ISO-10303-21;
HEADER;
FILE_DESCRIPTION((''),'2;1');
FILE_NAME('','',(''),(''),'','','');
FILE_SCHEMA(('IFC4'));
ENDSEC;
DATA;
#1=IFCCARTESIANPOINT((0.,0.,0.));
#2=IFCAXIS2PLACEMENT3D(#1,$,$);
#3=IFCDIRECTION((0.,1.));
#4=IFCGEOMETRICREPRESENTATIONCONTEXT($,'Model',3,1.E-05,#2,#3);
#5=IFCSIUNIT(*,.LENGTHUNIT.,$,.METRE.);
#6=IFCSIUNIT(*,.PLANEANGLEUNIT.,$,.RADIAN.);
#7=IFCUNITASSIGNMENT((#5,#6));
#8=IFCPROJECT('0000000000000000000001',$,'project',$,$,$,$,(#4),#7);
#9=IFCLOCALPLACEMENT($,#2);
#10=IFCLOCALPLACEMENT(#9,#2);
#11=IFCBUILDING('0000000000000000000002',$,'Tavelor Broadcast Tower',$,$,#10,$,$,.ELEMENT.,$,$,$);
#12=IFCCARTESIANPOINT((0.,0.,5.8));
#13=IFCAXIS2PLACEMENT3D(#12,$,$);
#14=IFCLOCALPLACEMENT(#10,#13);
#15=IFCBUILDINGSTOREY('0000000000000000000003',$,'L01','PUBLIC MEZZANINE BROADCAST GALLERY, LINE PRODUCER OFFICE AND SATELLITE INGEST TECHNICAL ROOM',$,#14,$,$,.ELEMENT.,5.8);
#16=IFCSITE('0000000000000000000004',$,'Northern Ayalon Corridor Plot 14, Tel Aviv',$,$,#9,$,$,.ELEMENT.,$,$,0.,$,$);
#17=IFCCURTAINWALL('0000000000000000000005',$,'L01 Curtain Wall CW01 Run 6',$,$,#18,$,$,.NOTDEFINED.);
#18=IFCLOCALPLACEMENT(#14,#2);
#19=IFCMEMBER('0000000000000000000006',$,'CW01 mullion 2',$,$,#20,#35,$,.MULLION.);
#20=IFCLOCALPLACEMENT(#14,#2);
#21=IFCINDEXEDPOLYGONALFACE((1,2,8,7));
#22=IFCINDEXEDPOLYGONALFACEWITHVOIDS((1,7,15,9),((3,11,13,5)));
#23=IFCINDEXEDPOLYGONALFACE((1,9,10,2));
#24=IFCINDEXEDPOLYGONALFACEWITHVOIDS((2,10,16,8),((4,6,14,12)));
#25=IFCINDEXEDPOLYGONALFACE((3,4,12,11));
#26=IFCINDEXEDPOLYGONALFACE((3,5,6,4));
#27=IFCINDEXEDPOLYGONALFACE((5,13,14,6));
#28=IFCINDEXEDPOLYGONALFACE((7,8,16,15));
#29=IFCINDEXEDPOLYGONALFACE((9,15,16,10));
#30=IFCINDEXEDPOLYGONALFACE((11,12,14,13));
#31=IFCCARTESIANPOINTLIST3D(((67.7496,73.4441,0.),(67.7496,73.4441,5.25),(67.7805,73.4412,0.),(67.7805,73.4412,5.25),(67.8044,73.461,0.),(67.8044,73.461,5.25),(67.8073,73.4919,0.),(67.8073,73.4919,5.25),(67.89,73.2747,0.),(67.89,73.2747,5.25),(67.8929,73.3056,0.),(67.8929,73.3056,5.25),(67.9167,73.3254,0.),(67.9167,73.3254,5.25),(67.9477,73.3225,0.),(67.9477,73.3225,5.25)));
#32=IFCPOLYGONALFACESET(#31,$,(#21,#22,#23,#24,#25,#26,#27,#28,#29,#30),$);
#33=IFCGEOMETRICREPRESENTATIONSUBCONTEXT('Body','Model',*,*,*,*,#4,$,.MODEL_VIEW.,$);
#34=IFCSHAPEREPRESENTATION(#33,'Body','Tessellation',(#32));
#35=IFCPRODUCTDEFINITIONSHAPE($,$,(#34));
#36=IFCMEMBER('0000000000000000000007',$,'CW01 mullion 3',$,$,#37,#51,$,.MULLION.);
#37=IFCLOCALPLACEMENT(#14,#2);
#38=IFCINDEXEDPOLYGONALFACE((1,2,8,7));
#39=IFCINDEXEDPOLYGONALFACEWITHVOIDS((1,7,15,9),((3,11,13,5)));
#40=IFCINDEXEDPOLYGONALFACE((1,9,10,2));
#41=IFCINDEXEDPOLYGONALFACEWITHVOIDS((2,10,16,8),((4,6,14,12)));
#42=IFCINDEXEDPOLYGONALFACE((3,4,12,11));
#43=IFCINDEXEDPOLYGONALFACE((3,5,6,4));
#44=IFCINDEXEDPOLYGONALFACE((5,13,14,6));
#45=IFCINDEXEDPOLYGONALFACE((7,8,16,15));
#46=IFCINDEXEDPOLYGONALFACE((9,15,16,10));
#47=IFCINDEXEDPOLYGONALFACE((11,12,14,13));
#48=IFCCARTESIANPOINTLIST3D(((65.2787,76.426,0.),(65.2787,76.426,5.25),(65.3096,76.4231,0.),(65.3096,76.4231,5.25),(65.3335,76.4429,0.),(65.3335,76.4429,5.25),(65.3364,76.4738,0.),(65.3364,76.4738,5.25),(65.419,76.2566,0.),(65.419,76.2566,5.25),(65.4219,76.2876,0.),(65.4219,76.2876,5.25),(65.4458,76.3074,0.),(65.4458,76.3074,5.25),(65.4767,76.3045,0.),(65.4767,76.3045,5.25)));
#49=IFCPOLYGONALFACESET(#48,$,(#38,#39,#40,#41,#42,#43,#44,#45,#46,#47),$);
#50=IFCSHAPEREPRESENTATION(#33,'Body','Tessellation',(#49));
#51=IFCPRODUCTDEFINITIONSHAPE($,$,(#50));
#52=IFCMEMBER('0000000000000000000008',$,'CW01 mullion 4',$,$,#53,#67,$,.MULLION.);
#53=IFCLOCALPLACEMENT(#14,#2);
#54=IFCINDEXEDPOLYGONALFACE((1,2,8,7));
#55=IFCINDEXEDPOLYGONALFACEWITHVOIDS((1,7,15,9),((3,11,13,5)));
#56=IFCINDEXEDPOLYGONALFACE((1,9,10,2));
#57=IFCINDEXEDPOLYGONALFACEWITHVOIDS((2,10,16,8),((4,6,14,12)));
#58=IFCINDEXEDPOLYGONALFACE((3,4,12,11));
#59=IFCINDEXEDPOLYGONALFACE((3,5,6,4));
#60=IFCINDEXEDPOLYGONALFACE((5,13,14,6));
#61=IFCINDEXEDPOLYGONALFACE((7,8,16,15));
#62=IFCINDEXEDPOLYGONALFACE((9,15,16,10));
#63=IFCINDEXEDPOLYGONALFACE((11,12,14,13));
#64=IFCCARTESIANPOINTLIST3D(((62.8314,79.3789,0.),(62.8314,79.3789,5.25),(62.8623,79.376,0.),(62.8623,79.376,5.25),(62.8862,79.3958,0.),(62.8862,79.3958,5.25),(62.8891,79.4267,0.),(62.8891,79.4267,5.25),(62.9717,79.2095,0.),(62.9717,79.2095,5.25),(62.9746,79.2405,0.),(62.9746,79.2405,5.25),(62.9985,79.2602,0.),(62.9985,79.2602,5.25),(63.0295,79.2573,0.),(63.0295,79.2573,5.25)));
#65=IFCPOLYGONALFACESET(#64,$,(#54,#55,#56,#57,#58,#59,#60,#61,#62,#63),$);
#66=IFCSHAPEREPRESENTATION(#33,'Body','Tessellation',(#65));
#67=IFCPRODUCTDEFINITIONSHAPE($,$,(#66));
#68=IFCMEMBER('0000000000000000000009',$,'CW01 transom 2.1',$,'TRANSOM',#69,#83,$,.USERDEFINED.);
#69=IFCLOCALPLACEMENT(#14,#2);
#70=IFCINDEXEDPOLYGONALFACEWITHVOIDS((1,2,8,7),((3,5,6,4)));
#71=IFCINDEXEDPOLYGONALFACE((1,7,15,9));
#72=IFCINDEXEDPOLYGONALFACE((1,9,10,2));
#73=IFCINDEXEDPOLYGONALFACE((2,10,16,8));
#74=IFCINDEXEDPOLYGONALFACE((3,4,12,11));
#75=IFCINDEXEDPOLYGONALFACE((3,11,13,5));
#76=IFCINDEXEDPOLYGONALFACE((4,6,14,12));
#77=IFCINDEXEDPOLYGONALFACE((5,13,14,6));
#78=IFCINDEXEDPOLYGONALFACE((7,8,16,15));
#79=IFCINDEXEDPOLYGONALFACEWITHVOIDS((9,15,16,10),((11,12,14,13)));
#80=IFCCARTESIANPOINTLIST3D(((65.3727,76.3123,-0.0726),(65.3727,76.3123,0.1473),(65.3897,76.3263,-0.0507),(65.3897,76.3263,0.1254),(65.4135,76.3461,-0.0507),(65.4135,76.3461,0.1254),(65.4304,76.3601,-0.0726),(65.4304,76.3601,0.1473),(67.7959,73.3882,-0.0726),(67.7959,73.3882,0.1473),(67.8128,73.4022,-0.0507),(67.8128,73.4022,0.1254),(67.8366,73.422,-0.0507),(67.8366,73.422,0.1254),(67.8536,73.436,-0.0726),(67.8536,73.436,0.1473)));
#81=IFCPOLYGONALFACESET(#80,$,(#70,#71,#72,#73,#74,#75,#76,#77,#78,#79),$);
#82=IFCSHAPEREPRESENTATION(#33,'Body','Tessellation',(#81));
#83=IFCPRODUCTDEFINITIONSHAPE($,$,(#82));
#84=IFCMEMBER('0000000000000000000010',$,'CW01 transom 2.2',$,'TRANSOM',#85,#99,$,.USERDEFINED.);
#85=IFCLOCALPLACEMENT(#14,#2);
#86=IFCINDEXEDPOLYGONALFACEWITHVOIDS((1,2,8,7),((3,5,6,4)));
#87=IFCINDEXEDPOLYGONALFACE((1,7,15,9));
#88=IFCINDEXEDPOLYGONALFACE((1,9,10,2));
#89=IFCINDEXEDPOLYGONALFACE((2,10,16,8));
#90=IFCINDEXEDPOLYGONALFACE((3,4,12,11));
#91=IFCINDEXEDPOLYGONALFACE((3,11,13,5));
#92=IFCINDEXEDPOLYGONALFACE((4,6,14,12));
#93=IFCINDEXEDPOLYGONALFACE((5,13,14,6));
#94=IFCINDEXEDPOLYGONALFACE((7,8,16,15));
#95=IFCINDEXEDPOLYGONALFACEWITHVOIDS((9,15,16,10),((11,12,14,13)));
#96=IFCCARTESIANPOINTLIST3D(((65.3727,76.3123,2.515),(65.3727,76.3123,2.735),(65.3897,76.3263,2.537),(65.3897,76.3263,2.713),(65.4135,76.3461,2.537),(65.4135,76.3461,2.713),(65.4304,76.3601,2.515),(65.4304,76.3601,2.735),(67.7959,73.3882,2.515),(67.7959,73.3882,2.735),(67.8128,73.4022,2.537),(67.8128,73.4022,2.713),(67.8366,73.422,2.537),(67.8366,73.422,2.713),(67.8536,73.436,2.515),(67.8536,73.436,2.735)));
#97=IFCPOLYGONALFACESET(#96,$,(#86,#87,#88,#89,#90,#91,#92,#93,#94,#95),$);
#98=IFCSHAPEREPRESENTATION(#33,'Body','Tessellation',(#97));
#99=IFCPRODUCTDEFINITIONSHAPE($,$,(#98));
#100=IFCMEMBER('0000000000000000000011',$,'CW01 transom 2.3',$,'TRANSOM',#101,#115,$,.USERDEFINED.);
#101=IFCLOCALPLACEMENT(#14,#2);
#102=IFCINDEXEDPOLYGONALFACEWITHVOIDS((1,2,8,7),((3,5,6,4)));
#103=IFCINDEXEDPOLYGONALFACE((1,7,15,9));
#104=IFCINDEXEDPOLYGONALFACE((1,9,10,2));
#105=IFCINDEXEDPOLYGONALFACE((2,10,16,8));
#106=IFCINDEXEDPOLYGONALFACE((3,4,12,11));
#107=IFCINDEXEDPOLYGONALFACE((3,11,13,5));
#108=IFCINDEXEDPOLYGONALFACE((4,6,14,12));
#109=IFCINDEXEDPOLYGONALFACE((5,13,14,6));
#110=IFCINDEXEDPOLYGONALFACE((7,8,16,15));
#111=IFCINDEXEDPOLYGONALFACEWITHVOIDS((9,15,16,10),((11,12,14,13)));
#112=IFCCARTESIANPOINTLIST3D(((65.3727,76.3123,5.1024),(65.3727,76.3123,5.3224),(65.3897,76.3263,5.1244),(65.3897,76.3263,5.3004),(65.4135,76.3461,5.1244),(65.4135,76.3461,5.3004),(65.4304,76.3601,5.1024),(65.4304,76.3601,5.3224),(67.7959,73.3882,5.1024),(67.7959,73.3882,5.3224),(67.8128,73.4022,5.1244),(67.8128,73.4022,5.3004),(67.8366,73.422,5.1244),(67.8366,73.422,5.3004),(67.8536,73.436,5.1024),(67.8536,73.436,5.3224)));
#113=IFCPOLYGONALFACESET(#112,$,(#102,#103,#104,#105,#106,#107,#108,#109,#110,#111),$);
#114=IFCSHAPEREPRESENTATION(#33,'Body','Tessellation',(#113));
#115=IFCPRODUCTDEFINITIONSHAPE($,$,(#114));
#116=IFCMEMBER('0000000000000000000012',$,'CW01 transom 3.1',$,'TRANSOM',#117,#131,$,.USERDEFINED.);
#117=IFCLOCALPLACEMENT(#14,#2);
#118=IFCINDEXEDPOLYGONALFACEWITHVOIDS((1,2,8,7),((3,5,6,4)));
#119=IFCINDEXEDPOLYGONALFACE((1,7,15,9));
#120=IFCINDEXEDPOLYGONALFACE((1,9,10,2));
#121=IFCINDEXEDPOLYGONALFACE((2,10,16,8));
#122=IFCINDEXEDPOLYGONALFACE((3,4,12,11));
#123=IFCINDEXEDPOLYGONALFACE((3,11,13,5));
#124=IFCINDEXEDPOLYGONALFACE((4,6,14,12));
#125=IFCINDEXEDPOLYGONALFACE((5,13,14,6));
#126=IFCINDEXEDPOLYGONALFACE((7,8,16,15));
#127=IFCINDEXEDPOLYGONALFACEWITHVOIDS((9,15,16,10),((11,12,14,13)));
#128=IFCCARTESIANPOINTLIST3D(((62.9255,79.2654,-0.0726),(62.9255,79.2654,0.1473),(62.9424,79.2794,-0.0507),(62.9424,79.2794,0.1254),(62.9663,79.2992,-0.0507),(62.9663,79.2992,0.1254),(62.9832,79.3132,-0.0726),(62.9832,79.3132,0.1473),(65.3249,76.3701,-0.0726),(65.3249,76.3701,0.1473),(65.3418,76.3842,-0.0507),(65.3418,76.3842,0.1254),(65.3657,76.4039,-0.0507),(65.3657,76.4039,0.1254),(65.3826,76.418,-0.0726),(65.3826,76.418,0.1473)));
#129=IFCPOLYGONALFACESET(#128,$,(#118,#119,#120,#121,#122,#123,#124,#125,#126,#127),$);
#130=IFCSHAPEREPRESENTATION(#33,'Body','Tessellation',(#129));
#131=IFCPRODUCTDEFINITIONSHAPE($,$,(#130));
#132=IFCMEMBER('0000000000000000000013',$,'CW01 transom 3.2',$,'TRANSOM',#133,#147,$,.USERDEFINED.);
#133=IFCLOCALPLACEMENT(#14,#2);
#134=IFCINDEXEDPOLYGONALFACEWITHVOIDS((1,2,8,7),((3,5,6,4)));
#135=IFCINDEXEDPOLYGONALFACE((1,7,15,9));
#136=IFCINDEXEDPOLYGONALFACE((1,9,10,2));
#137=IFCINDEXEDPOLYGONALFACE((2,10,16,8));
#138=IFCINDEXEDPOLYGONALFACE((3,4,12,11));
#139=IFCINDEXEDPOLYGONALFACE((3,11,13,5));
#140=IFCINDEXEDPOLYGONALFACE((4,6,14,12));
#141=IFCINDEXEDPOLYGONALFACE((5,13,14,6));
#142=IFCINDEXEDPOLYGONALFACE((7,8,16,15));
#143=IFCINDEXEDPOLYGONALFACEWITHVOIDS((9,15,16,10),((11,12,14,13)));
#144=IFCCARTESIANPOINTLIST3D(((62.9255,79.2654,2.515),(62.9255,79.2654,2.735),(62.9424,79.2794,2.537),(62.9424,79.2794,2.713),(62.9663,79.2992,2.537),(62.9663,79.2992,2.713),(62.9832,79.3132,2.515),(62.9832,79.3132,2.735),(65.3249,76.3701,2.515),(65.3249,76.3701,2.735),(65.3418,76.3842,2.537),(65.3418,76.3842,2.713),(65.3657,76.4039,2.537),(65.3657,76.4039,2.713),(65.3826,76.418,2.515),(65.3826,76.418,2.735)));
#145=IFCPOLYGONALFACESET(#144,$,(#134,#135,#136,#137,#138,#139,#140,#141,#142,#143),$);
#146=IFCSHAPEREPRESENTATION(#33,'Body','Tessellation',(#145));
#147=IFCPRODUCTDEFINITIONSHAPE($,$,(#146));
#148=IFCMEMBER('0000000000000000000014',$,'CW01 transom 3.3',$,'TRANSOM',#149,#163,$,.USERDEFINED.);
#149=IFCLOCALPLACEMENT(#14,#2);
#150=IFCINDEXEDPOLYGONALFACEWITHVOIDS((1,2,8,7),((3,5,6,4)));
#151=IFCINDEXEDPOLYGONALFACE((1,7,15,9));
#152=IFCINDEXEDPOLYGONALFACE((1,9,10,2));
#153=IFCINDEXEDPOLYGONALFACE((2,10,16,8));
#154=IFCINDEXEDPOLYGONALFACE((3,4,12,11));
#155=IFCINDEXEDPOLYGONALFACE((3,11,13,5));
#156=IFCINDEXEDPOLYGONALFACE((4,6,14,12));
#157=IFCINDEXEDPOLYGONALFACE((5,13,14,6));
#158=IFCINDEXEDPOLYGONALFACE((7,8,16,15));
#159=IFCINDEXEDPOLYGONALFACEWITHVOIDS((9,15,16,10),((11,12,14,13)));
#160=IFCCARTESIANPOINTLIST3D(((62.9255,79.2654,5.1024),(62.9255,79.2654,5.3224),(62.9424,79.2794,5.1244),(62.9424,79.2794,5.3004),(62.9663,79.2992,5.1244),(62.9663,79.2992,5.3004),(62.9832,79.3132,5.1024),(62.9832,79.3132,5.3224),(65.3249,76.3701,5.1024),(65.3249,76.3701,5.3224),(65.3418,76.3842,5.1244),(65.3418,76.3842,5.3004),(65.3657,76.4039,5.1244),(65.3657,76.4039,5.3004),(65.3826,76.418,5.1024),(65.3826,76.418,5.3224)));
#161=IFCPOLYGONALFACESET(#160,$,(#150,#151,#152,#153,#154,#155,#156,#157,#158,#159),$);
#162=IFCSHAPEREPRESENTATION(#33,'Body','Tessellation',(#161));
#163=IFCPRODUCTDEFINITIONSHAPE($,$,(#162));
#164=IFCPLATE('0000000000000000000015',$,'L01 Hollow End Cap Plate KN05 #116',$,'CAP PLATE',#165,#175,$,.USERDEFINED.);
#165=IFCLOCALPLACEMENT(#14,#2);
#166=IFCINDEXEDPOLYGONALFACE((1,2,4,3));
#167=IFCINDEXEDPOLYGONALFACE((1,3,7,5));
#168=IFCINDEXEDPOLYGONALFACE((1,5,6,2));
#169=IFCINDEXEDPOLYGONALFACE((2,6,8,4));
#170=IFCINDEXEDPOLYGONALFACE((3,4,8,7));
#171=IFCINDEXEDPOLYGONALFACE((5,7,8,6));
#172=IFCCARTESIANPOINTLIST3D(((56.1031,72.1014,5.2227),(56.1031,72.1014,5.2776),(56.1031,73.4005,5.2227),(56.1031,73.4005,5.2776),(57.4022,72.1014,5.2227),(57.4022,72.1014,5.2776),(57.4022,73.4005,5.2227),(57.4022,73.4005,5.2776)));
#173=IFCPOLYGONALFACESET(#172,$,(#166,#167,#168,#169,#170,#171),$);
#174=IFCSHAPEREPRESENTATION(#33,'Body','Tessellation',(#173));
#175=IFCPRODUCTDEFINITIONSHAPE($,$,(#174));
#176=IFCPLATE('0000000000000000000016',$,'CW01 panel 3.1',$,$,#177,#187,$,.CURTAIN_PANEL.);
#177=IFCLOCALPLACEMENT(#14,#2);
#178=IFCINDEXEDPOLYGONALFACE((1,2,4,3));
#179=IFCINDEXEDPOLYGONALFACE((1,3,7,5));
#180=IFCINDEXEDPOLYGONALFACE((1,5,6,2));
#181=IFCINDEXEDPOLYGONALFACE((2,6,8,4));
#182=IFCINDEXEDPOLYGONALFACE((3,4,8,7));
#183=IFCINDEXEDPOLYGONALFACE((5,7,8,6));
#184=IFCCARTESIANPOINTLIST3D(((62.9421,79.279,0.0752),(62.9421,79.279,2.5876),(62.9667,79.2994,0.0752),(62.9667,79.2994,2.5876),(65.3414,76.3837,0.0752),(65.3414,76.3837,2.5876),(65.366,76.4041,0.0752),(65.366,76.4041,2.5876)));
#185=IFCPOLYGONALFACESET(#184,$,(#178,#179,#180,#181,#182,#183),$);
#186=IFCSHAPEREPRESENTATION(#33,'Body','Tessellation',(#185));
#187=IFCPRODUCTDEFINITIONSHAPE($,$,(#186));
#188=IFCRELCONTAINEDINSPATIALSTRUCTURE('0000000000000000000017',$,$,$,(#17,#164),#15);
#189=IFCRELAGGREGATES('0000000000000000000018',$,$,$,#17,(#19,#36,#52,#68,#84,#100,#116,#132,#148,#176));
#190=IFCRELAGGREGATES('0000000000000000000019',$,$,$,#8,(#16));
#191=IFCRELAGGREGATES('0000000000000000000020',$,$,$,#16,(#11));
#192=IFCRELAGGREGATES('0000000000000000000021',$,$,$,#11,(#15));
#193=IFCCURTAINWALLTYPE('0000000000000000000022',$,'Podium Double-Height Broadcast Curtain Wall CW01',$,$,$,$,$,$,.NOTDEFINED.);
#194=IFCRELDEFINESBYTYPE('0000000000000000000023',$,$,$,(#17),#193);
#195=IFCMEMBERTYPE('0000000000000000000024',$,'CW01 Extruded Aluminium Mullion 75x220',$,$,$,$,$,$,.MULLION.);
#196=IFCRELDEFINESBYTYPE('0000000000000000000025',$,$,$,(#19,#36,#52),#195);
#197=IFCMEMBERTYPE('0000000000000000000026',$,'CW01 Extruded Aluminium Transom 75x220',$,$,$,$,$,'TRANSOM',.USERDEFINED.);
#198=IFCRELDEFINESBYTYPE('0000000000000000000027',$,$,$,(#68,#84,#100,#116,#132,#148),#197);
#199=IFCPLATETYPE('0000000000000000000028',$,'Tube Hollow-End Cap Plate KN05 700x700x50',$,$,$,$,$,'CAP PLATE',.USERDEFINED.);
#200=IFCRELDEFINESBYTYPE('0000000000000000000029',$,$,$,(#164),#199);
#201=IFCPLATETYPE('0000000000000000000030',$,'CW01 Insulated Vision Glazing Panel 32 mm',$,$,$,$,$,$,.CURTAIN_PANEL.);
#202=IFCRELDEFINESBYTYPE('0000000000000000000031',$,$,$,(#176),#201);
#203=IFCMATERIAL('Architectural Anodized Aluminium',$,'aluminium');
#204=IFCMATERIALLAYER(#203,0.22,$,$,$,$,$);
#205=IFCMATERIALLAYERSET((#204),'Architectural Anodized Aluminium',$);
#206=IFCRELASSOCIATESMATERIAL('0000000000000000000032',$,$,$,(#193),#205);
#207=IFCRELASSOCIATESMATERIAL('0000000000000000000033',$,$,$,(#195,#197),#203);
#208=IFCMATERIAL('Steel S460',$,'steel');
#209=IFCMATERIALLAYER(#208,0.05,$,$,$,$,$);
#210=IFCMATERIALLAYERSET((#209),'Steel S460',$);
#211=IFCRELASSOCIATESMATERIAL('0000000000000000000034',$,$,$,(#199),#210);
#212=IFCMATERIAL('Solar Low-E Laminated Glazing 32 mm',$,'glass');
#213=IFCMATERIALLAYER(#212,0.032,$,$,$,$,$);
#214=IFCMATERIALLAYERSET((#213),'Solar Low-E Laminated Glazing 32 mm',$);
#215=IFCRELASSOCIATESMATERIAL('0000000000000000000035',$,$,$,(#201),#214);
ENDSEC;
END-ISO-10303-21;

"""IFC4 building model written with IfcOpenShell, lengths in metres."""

from ifc_helpers import new_model, si_unit, direction, frame, origin, origin_2d, place, context, subcontext, project, spatial, rectangle, hollow_rectangle, extrude, source, transform, mapped, material, layer, layer_set, material_profile, profile_set, type_object, type_shapes, element, aggregate, save


model = new_model("IFC4")

# Units and contexts
model_context = context("Model", 3, precision=1e-05, world=origin(), true_north=direction((0.0, 1.0)))
body_context = subcontext(model_context, "Body", "Model", "MODEL_VIEW")
ifc_project = project(units=[si_unit("LENGTHUNIT", "METRE"), si_unit("PLANEANGLEUNIT", "RADIAN")], contexts=[model_context])

# Site, building, storey
site_placement = place(None, origin())
site = spatial("IfcSite", under=ifc_project, at=site_placement, Name="Northern Ayalon Corridor Plot 14, Tel Aviv", CompositionType="ELEMENT", RefElevation=0.0)
building_placement = place(site_placement, origin())
building = spatial("IfcBuilding", under=site, at=building_placement, Name="Tavelor Broadcast Tower", CompositionType="ELEMENT")
storey_placement = place(building_placement, frame((0.0, 0.0, 5.8)))
storey = spatial("IfcBuildingStorey", under=building, at=storey_placement, Name="L01", Description="PUBLIC MEZZANINE BROADCAST GALLERY, LINE PRODUCER OFFICE AND SATELLITE INGEST TECHNICAL ROOM", CompositionType="ELEMENT", Elevation=5.8)

# Curtain wall, members
ifc_material_1 = material(Name="Architectural Anodized Aluminium", Category="aluminium")
ifc_layer_1 = layer(ifc_material_1, 0.22)
ifc_layer_set_1 = layer_set([ifc_layer_1], Name="Architectural Anodized Aluminium")
curtain_wall_type = type_object("IfcCurtainWallType", Name="Podium Double-Height Broadcast Curtain Wall CW01", PredefinedType="NOTDEFINED", material=ifc_layer_set_1)
curtain_wall_placement = place(storey_placement, origin())
curtain_wall = element("IfcCurtainWall", 1, at=curtain_wall_placement, inside=storey, type_object=curtain_wall_type, Name="L01 Curtain Wall CW01 Run 6", PredefinedType="NOTDEFINED")
ifc_material_profile_1 = material_profile(ifc_material_1, hollow_rectangle(XDim=0.075, YDim=0.22, WallThickness=0.022, at=origin_2d()), Name="RHS 75x220x22")
ifc_profile_set_1 = profile_set([ifc_material_profile_1], Name="Architectural Anodized Aluminium")
member_type_1 = type_object("IfcMemberType", Name="CW01 Extruded Aluminium Mullion 75x220", PredefinedType="MULLION", material=ifc_profile_set_1)
shared_shape_1 = source(origin(), body_context, "Body", "SweptSolid", [
    extrude(hollow_rectangle(XDim=0.075, YDim=0.22, WallThickness=0.022, at=origin_2d()), origin(), (0.0, 0.0, 1.0), 5.25),
])
type_shapes(member_type_1, [shared_shape_1])
member_1_placement = place(storey_placement, frame((67.8486, 73.3833, 0.0), z_axis=(0.0, 0.0, 1.0), x_axis=(-0.769978, -0.638071, 0.0)))
member_1 = element("IfcMember", 2, at=member_1_placement, type_object=member_type_1, Name="CW01 mullion 2", PredefinedType="MULLION", context=body_context, shape_type="MappedRepresentation", body=[
    mapped(shared_shape_1, transform((0.0, 0.0, 0.0), scale=1.0)),
])
member_2_placement = place(storey_placement, frame((65.3777, 76.3652, 0.0), z_axis=(0.0, 0.0, 1.0), x_axis=(-0.769978, -0.638071, 0.0)))
member_2 = element("IfcMember", 3, at=member_2_placement, type_object=member_type_1, Name="CW01 mullion 3", PredefinedType="MULLION", context=body_context, shape_type="MappedRepresentation", body=[
    mapped(shared_shape_1, transform((0.0, 0.0, 0.0), scale=1.0)),
])
member_3_placement = place(storey_placement, frame((62.9304, 79.3181, 0.0), z_axis=(0.0, 0.0, 1.0), x_axis=(-0.769978, -0.638071, 0.0)))
member_3 = element("IfcMember", 4, at=member_3_placement, type_object=member_type_1, Name="CW01 mullion 4", PredefinedType="MULLION", context=body_context, shape_type="MappedRepresentation", body=[
    mapped(shared_shape_1, transform((0.0, 0.0, 0.0), scale=1.0)),
])
ifc_material_profile_2 = material_profile(ifc_material_1, hollow_rectangle(XDim=0.075, YDim=0.22, WallThickness=0.022, at=origin_2d()), Name="RHS 75x220x22")
ifc_profile_set_2 = profile_set([ifc_material_profile_2], Name="Architectural Anodized Aluminium")
member_type_2 = type_object("IfcMemberType", Name="CW01 Extruded Aluminium Transom 75x220", ElementType="TRANSOM", PredefinedType="USERDEFINED", material=ifc_profile_set_2)
shared_shape_2 = source(origin(), body_context, "Body", "SweptSolid", [
    extrude(hollow_rectangle(XDim=0.075, YDim=0.22, WallThickness=0.022, at=origin_2d()), origin(), (0.0, 0.0, 1.0), 3.7976),
])
member_4_placement = place(storey_placement, frame((67.8247, 73.4121, 0.0374), z_axis=(-0.638064, 0.769984, 0.0), x_axis=(-0.769984, -0.638064, 0.0)))
member_4 = element("IfcMember", 5, at=member_4_placement, type_object=member_type_2, Name="CW01 transom 2.1", ObjectType="TRANSOM", PredefinedType="USERDEFINED", context=body_context, shape_type="MappedRepresentation", body=[
    mapped(shared_shape_2, transform((0.0, 0.0, 0.0), scale=1.0)),
])
member_5_placement = place(storey_placement, frame((67.8247, 73.4121, 2.625), z_axis=(-0.638064, 0.769984, 0.0), x_axis=(-0.769984, -0.638064, 0.0)))
member_5 = element("IfcMember", 6, at=member_5_placement, type_object=member_type_2, Name="CW01 transom 2.2", ObjectType="TRANSOM", PredefinedType="USERDEFINED", context=body_context, shape_type="MappedRepresentation", body=[
    mapped(shared_shape_2, transform((0.0, 0.0, 0.0), scale=1.0)),
])
member_6_placement = place(storey_placement, frame((67.8247, 73.4121, 5.2124), z_axis=(-0.638064, 0.769984, 0.0), x_axis=(-0.769984, -0.638064, 0.0)))
member_6 = element("IfcMember", 7, at=member_6_placement, type_object=member_type_2, Name="CW01 transom 2.3", ObjectType="TRANSOM", PredefinedType="USERDEFINED", context=body_context, shape_type="MappedRepresentation", body=[
    mapped(shared_shape_2, transform((0.0, 0.0, 0.0), scale=1.0)),
])
shared_shape_3 = source(origin(), body_context, "Body", "SweptSolid", [
    extrude(hollow_rectangle(XDim=0.075, YDim=0.22, WallThickness=0.022, at=origin_2d()), origin(), (0.0, 0.0, 1.0), 3.7603),
])
type_shapes(member_type_2, [shared_shape_2, shared_shape_3])
member_7_placement = place(storey_placement, frame((65.3538, 76.394, 0.0374), z_axis=(-0.638094, 0.769959, 0.0), x_axis=(-0.769959, -0.638094, 0.0)))
member_7 = element("IfcMember", 8, at=member_7_placement, type_object=member_type_2, Name="CW01 transom 3.1", ObjectType="TRANSOM", PredefinedType="USERDEFINED", context=body_context, shape_type="MappedRepresentation", body=[
    mapped(shared_shape_3, transform((0.0, 0.0, 0.0), scale=1.0)),
])
member_8_placement = place(storey_placement, frame((65.3538, 76.394, 2.625), z_axis=(-0.638094, 0.769959, 0.0), x_axis=(-0.769959, -0.638094, 0.0)))
member_8 = element("IfcMember", 9, at=member_8_placement, type_object=member_type_2, Name="CW01 transom 3.2", ObjectType="TRANSOM", PredefinedType="USERDEFINED", context=body_context, shape_type="MappedRepresentation", body=[
    mapped(shared_shape_3, transform((0.0, 0.0, 0.0), scale=1.0)),
])
member_9_placement = place(storey_placement, frame((65.3538, 76.394, 5.2124), z_axis=(-0.638094, 0.769959, 0.0), x_axis=(-0.769959, -0.638094, 0.0)))
member_9 = element("IfcMember", 10, at=member_9_placement, type_object=member_type_2, Name="CW01 transom 3.3", ObjectType="TRANSOM", PredefinedType="USERDEFINED", context=body_context, shape_type="MappedRepresentation", body=[
    mapped(shared_shape_3, transform((0.0, 0.0, 0.0), scale=1.0)),
])

# Plates
ifc_material_2 = material(Name="Steel S460", Category="steel")
ifc_layer_2 = layer(ifc_material_2, 0.05)
ifc_layer_set_2 = layer_set([ifc_layer_2], Name="Steel S460")
plate_type_1 = type_object("IfcPlateType", Name="Tube Hollow-End Cap Plate KN05 700x700x50", ElementType="CAP PLATE", PredefinedType="USERDEFINED", material=ifc_layer_set_2)
shared_shape_4 = source(origin(), body_context, "Body", "SweptSolid", [
    extrude(rectangle(XDim=1.2991, YDim=1.2991, at=origin_2d()), origin(), (0.0, 0.0, 1.0), 0.0549),
])
type_shapes(plate_type_1, [shared_shape_4])
plate_1_placement = place(storey_placement, frame((56.7527, 72.751, 5.2227), z_axis=(0.0, 0.0, 1.0), x_axis=(1.0, 0.0, 0.0)))
element("IfcPlate", 11, at=plate_1_placement, inside=storey, type_object=plate_type_1, Name="L01 Hollow End Cap Plate KN05 #116", ObjectType="CAP PLATE", PredefinedType="USERDEFINED", context=body_context, shape_type="MappedRepresentation", body=[
    mapped(shared_shape_4, transform((0.0, 0.0, 0.0), scale=1.0)),
])
ifc_material_3 = material(Name="Solar Low-E Laminated Glazing 32 mm", Category="glass")
ifc_layer_3 = layer(ifc_material_3, 0.032)
ifc_layer_set_3 = layer_set([ifc_layer_3], Name="Solar Low-E Laminated Glazing 32 mm")
plate_type_2 = type_object("IfcPlateType", Name="CW01 Insulated Vision Glazing Panel 32 mm", PredefinedType="CURTAIN_PANEL", material=ifc_layer_set_3)
shared_shape_5 = source(origin(), body_context, "Body", "SweptSolid", [
    extrude(rectangle(XDim=3.7603, YDim=0.032, at=origin_2d()), origin(), (0.0, 0.0, 1.0), 2.5125),
])
plate_2_placement = place(storey_placement, frame((64.1541, 77.8416, 0.0752), z_axis=(0.0, 0.0, 1.0), x_axis=(-0.638071, 0.769978, 0.0)))
plate_2 = element("IfcPlate", 12, at=plate_2_placement, type_object=plate_type_2, Name="CW01 panel 3.1", PredefinedType="CURTAIN_PANEL", context=body_context, shape_type="MappedRepresentation", body=[
    mapped(shared_shape_5, transform((0.0, 0.0, 0.0), scale=1.0)),
])
aggregate(curtain_wall, [member_1, member_2, member_3, member_4, member_5, member_6, member_7, member_8, member_9, plate_2])

save(model, "model.ifc")
